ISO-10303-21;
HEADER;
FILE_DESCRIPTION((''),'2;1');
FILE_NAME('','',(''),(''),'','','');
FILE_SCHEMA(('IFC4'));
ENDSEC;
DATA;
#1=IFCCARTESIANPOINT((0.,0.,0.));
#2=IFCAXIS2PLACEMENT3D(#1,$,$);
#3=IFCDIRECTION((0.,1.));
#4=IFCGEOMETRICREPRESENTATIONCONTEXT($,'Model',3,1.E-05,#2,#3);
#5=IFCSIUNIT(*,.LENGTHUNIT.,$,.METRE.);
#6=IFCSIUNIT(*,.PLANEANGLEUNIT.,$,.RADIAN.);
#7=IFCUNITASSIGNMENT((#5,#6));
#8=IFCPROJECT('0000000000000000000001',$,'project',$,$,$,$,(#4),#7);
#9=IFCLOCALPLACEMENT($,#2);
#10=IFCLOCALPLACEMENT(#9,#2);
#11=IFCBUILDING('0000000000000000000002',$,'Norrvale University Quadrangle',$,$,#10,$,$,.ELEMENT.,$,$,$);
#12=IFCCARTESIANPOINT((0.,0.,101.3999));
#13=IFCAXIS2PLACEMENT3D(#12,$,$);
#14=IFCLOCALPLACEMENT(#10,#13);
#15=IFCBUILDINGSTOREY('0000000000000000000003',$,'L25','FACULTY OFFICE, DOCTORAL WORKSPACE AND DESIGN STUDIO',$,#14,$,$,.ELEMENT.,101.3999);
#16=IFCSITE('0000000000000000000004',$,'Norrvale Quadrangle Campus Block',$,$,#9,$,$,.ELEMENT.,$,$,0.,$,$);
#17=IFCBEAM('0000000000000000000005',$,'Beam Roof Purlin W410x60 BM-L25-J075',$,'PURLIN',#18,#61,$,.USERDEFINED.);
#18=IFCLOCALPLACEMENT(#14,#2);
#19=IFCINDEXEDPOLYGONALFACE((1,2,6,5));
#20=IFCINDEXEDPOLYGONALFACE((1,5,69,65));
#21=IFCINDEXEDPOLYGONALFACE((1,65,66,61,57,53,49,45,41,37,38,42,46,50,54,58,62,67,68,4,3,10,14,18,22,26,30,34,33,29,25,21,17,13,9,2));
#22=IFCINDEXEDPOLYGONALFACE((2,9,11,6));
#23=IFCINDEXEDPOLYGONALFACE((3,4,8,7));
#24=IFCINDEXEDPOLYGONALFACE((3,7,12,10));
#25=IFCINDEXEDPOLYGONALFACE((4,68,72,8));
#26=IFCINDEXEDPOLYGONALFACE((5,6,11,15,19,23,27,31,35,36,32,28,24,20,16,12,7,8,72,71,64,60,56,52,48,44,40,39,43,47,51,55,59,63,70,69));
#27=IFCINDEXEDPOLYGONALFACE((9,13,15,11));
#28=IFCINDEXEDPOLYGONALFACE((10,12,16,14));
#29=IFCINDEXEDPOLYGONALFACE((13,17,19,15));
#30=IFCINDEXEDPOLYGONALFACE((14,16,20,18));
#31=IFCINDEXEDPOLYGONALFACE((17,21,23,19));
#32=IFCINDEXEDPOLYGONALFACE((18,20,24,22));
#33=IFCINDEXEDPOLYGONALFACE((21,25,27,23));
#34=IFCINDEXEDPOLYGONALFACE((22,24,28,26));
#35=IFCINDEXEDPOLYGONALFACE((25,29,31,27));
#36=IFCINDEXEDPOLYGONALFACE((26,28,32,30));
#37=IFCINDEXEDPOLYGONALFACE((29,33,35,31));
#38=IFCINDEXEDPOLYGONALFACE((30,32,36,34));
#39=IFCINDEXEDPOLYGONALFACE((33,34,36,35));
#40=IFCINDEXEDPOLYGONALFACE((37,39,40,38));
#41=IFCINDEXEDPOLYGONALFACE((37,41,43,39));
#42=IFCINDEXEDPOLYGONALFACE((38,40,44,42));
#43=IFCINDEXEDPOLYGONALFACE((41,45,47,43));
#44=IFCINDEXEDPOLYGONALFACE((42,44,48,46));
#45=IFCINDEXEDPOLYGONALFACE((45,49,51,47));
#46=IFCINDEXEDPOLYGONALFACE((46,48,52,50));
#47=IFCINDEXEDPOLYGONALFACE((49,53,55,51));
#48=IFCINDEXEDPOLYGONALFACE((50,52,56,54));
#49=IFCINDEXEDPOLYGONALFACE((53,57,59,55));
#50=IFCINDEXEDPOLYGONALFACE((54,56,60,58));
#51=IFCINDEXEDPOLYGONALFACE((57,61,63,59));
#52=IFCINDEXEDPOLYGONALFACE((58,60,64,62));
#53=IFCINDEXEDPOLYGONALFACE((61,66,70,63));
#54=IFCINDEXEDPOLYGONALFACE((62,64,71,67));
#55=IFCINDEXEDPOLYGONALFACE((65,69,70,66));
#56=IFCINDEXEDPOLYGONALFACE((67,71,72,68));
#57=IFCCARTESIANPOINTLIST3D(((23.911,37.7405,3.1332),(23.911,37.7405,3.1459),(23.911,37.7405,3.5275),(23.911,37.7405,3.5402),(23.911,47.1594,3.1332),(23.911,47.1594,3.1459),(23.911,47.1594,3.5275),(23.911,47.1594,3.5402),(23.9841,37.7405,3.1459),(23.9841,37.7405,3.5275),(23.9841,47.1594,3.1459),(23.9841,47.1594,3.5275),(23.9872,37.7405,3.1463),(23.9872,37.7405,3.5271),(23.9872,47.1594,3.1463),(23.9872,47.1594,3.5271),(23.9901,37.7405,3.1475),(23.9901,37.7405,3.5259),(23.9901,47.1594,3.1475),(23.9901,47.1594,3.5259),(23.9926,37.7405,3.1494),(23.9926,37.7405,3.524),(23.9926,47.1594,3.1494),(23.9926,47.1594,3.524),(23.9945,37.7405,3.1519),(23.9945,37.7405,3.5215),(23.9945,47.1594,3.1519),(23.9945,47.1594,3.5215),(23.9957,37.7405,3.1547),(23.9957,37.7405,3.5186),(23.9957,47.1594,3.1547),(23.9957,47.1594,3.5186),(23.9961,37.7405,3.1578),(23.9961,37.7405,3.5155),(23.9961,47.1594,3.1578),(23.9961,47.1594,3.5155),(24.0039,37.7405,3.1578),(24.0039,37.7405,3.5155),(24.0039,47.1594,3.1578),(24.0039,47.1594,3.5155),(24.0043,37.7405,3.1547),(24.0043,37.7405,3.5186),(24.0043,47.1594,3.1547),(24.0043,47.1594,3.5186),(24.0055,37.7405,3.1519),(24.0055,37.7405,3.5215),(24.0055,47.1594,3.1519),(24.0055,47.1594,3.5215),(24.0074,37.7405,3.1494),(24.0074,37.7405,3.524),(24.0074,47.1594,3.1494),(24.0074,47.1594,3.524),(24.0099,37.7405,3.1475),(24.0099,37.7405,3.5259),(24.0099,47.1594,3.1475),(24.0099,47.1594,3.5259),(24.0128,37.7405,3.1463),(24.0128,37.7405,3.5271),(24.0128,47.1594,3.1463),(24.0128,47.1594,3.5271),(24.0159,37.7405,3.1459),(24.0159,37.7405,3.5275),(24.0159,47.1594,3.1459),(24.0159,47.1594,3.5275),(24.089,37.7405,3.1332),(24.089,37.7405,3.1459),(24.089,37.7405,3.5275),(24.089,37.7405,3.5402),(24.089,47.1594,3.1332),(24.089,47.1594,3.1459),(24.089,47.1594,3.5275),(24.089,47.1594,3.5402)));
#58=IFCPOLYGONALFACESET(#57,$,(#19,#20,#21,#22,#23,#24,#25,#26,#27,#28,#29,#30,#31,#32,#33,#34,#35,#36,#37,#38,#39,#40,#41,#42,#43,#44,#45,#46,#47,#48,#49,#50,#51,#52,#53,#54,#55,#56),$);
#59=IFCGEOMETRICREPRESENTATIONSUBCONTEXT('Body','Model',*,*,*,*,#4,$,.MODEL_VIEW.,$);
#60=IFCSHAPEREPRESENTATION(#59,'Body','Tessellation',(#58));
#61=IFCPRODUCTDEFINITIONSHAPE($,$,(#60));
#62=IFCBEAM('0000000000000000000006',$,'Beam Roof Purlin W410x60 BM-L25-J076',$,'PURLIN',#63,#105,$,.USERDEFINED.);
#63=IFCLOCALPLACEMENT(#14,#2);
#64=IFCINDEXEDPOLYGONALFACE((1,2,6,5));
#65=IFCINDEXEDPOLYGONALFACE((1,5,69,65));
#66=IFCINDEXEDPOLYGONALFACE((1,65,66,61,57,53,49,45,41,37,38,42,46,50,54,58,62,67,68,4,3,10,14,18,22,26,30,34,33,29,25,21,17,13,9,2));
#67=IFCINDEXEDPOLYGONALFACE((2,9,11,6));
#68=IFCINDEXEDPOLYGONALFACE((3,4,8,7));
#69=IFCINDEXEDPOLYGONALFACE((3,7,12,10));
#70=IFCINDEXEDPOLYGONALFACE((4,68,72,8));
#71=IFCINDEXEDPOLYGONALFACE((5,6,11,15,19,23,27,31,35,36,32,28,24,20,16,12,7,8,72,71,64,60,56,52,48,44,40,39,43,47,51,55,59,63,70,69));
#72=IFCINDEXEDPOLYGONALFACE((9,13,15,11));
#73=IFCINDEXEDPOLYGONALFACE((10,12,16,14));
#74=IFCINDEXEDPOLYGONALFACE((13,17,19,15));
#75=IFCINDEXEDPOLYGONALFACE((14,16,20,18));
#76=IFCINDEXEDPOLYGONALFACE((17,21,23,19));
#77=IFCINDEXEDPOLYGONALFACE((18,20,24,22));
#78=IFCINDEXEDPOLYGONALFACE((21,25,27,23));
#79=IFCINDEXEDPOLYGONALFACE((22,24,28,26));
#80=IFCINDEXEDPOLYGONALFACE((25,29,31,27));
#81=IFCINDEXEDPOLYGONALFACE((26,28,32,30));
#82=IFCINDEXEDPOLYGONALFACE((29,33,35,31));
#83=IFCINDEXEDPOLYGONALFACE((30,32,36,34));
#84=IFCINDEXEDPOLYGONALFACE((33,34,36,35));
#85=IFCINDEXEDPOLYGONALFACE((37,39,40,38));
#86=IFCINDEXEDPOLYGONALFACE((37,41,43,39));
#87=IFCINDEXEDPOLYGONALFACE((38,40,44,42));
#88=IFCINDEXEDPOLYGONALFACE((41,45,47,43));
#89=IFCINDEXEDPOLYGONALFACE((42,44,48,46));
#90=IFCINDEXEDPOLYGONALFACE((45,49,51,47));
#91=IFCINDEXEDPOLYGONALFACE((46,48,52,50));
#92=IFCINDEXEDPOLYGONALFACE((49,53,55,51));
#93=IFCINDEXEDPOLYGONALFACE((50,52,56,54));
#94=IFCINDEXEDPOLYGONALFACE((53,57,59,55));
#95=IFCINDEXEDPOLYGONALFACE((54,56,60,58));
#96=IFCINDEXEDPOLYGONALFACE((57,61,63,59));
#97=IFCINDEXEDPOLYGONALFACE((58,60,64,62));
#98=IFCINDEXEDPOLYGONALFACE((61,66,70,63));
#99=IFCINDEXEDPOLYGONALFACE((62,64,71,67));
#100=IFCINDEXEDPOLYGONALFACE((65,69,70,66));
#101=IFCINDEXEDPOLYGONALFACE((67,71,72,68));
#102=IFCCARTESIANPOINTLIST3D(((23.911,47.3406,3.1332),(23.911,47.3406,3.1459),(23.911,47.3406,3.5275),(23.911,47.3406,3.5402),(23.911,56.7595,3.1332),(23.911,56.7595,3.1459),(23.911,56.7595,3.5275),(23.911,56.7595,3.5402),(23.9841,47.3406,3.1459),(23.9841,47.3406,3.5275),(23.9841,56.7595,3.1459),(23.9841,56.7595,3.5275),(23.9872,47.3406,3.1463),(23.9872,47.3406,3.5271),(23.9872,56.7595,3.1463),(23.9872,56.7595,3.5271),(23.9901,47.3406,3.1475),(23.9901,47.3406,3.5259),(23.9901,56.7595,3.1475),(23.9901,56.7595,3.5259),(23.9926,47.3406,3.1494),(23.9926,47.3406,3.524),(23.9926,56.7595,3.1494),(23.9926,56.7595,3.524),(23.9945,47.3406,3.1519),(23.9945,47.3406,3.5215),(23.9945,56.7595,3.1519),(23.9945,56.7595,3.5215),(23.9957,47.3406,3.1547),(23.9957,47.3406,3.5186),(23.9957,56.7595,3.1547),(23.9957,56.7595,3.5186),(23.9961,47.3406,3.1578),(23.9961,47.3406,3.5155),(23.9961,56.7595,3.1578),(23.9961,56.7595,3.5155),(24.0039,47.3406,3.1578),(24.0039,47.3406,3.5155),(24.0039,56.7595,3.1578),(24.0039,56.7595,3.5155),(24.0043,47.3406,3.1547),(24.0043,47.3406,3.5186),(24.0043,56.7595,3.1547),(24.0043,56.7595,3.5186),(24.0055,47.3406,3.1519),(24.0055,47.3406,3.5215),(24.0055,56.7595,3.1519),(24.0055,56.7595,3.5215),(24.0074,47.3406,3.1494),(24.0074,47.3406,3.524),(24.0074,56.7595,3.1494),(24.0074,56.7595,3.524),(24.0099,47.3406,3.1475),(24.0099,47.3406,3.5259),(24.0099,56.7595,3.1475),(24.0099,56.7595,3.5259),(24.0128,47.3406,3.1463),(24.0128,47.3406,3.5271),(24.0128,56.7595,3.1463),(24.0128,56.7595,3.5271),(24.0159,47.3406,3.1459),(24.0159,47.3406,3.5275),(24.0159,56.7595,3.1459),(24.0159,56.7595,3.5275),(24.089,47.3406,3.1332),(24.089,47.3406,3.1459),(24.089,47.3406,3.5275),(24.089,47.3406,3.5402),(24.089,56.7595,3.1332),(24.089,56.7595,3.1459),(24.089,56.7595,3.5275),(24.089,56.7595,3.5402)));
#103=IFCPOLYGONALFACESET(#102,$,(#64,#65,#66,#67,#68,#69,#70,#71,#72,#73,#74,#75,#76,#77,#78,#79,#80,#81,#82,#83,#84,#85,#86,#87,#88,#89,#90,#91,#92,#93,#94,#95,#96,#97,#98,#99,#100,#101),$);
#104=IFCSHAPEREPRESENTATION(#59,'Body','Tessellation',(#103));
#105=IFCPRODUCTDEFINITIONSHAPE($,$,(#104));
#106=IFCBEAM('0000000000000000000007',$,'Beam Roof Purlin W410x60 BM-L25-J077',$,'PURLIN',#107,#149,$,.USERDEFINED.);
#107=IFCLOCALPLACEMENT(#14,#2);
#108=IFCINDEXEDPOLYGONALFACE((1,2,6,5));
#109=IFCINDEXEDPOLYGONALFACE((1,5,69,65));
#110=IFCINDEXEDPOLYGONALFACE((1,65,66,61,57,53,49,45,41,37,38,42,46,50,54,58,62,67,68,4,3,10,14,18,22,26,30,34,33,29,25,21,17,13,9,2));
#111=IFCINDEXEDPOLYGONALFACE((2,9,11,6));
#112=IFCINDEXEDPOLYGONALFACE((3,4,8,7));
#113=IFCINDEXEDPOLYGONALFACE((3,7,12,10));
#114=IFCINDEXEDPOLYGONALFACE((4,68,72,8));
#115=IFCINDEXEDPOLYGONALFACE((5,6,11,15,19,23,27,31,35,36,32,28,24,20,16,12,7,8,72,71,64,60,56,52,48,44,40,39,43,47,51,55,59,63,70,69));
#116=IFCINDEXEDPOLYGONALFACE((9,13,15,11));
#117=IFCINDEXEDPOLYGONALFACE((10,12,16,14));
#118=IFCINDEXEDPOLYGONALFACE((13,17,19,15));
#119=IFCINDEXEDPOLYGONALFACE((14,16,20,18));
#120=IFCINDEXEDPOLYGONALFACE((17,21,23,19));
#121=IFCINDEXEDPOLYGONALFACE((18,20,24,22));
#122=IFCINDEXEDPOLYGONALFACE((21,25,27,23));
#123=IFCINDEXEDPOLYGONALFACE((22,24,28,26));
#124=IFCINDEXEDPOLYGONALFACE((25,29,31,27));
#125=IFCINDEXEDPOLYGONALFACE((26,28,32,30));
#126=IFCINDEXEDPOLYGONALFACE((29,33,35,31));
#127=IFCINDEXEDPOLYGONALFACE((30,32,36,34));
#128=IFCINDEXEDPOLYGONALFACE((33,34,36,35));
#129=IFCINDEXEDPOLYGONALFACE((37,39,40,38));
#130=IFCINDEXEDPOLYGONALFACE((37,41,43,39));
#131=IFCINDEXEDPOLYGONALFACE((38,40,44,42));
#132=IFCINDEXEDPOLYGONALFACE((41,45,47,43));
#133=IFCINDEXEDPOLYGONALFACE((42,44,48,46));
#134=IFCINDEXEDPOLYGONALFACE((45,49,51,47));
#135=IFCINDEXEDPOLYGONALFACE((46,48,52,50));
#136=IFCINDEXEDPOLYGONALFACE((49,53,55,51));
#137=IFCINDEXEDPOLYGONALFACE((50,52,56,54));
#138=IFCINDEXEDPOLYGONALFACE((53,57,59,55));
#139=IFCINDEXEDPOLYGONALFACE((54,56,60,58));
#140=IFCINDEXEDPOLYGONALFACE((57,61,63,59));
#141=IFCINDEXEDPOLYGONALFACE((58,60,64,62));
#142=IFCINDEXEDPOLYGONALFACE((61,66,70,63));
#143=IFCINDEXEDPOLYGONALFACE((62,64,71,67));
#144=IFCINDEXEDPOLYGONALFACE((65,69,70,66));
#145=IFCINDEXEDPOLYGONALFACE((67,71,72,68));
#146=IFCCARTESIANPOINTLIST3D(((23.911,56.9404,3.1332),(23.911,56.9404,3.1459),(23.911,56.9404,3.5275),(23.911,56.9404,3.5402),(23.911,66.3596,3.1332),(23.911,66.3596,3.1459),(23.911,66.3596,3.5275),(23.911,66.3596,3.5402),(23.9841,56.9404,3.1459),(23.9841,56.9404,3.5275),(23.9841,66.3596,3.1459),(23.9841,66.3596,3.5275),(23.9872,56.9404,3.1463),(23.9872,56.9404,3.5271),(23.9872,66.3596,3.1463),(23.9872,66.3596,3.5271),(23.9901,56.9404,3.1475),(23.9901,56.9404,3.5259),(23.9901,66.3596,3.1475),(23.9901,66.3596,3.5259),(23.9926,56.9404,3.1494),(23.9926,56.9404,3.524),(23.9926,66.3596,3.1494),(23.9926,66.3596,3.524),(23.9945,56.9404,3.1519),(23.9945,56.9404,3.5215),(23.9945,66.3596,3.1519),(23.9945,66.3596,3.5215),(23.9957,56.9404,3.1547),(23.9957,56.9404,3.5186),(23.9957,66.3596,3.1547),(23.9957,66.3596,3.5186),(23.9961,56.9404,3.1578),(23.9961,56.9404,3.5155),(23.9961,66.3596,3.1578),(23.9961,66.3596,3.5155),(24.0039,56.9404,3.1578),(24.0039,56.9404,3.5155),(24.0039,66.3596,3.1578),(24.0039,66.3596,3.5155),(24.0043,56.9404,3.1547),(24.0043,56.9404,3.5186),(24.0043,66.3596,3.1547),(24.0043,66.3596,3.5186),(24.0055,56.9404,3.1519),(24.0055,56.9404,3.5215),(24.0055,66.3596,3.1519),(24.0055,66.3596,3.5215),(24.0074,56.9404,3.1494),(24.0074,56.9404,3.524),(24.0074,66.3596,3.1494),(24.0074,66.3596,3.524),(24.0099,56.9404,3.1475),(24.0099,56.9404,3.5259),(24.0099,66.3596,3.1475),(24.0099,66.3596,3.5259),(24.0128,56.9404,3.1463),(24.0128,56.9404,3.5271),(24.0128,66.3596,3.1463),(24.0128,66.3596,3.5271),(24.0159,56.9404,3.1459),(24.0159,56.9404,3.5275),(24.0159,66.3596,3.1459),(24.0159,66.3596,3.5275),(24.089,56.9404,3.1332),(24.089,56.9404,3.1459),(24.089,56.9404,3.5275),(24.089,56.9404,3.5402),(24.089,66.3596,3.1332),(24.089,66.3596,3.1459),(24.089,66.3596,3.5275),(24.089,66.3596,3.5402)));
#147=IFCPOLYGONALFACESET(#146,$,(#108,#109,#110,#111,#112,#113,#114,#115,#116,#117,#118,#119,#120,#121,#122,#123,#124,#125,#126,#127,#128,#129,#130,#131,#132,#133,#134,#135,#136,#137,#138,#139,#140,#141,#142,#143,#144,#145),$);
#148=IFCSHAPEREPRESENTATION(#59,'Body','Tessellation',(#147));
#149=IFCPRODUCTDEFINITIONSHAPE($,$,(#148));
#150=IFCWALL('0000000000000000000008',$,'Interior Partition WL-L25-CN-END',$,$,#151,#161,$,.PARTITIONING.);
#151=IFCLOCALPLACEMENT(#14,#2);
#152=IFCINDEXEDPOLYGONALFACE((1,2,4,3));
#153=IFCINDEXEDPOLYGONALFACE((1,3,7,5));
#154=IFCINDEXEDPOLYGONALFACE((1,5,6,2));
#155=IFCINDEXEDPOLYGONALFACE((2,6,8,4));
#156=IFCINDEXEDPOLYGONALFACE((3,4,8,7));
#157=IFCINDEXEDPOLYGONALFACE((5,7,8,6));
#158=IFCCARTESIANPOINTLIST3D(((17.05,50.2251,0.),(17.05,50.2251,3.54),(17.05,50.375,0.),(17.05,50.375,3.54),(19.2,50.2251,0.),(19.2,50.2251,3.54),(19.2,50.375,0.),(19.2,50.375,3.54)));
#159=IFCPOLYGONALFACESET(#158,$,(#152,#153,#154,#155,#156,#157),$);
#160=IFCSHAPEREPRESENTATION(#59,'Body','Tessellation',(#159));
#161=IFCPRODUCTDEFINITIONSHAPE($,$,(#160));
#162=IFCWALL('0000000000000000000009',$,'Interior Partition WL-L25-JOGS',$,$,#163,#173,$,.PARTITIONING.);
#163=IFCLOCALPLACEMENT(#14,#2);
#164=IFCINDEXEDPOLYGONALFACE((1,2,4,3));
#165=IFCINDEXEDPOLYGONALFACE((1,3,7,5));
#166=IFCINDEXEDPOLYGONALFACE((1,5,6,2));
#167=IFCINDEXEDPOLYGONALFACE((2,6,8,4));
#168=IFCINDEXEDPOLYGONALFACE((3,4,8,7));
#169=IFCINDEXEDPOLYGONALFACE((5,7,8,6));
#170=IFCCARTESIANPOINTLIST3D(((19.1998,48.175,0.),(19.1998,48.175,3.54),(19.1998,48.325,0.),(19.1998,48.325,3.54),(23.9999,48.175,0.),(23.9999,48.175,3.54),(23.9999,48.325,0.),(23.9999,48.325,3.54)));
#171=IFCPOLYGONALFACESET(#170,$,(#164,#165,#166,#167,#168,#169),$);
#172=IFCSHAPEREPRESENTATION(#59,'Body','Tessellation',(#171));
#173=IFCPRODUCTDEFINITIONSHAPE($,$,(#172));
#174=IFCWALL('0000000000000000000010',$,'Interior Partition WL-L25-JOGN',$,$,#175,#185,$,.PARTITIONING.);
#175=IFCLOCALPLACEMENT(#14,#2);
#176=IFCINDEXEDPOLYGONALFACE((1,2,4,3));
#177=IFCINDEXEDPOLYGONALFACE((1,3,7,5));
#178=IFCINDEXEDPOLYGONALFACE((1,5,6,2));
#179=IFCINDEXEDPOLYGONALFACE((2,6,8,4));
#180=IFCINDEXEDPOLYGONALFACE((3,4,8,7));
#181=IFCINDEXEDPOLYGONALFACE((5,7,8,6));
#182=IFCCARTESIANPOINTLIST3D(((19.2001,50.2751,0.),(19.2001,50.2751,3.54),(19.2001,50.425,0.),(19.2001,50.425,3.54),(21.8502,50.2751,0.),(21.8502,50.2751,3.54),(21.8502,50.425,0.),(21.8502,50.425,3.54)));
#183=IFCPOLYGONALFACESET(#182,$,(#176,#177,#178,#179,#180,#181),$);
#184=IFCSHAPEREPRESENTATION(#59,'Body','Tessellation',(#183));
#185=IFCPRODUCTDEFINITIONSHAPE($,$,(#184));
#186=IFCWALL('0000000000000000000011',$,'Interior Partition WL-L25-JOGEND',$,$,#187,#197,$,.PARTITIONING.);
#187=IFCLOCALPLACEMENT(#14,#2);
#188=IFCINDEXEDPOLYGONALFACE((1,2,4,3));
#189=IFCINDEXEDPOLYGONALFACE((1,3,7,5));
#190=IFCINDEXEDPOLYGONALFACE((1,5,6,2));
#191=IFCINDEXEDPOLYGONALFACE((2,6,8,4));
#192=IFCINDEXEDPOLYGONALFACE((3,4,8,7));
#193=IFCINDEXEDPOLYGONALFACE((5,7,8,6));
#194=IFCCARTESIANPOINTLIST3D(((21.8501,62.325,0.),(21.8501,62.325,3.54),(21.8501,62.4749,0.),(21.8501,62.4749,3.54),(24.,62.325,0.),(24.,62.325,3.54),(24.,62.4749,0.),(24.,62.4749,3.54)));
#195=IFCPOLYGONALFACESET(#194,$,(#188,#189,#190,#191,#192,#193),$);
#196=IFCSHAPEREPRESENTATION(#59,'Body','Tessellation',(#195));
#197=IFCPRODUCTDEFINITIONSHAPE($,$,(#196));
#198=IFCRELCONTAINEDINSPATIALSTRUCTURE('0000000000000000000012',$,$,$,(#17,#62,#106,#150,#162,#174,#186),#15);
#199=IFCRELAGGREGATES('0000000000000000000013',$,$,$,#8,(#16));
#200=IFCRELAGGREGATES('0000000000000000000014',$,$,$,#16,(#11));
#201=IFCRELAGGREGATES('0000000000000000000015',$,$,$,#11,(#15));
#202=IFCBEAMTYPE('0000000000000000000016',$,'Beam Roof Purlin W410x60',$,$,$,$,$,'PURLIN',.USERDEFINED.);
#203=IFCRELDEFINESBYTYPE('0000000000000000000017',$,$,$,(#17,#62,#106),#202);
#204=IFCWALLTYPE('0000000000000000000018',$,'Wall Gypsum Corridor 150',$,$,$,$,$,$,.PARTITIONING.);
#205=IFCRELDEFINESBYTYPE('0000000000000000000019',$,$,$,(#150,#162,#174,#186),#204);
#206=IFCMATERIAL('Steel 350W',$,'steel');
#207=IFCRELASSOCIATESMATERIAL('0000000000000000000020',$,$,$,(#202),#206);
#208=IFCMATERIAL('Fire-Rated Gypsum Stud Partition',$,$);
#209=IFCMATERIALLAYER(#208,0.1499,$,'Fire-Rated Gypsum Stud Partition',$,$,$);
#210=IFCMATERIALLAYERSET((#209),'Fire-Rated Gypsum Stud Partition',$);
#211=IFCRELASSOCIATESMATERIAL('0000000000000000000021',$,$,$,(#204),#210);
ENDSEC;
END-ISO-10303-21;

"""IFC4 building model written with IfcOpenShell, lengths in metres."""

from ifc_helpers import new_model, si_unit, direction, frame, frame_2d, origin, origin_2d, place, context, subcontext, project, spatial, rectangle, i_section, extrude, material, layer, layer_set, material_profile, profile_set, type_object, element, save


model = new_model("IFC4")

# Units and contexts
model_context = context("Model", 3, precision=1e-05, world=origin(), true_north=direction((0.0, 1.0)))
body_context = subcontext(model_context, "Body", "Model", "MODEL_VIEW")
ifc_project = project(units=[si_unit("LENGTHUNIT", "METRE"), si_unit("PLANEANGLEUNIT", "RADIAN")], contexts=[model_context])

# Site, building, storey
site_placement = place(None, origin())
site = spatial("IfcSite", under=ifc_project, at=site_placement, Name="Norrvale Quadrangle Campus Block", CompositionType="ELEMENT", RefElevation=0.0)
building_placement = place(site_placement, origin())
building = spatial("IfcBuilding", under=site, at=building_placement, Name="Norrvale University Quadrangle", CompositionType="ELEMENT")
storey_placement = place(building_placement, frame((0.0, 0.0, 101.3999)))
storey = spatial("IfcBuildingStorey", under=building, at=storey_placement, Name="L25", Description="FACULTY OFFICE, DOCTORAL WORKSPACE AND DESIGN STUDIO", CompositionType="ELEMENT", Elevation=101.3999)

# Beams
ifc_material_1 = material(Name="Steel 350W", Category="steel")
ifc_material_profile_1 = material_profile(ifc_material_1, i_section(OverallWidth=0.178, OverallDepth=0.407, WebThickness=0.0078, FlangeThickness=0.0127, FilletRadius=0.012, at=origin_2d()), Name="Steel 350W")
ifc_profile_set_1 = profile_set([ifc_material_profile_1], Name="Steel 350W")
beam_type_1 = type_object("IfcBeamType", Name="Beam Roof Purlin W410x60", ElementType="PURLIN", PredefinedType="USERDEFINED", material=ifc_profile_set_1)
for number, where, z_axis, x_axis, name in (
    (1, (24.0, 37.7405, 3.3367), (0.0, 1.0, 0.0), (-1.0, 0.0, 0.0), "Beam Roof Purlin W410x60 BM-L25-J075"),
    (2, (24.0, 47.3406, 3.3367), (0.0, 1.0, 0.0), (-1.0, 0.0, 0.0), "Beam Roof Purlin W410x60 BM-L25-J076"),
):
    element("IfcBeam", number, at=place(storey_placement, frame(where, z_axis=z_axis, x_axis=x_axis)), inside=storey, type_object=beam_type_1, Name=name, ObjectType="PURLIN", PredefinedType="USERDEFINED", context=body_context, shape_type="SweptSolid", body=[
        extrude(i_section(OverallWidth=0.178, OverallDepth=0.407, WebThickness=0.0078, FlangeThickness=0.0127, FilletRadius=0.012, at=origin_2d()), origin(), (0.0, 0.0, 1.0), 9.4189),
    ])
beam_1_placement = place(storey_placement, frame((24.0, 56.9404, 3.3367), z_axis=(0.0, 1.0, 0.0), x_axis=(-1.0, 0.0, 0.0)))
element("IfcBeam", 3, at=beam_1_placement, inside=storey, type_object=beam_type_1, Name="Beam Roof Purlin W410x60 BM-L25-J077", ObjectType="PURLIN", PredefinedType="USERDEFINED", context=body_context, shape_type="SweptSolid", body=[
    extrude(i_section(OverallWidth=0.178, OverallDepth=0.407, WebThickness=0.0078, FlangeThickness=0.0127, FilletRadius=0.012, at=origin_2d()), origin(), (0.0, 0.0, 1.0), 9.4192),
])

# Walls
ifc_material_2 = material(Name="Fire-Rated Gypsum Stud Partition")
ifc_layer_1 = layer(ifc_material_2, 0.1499, Name="Fire-Rated Gypsum Stud Partition")
ifc_layer_set_1 = layer_set([ifc_layer_1], Name="Fire-Rated Gypsum Stud Partition")
wall_type_1 = type_object("IfcWallType", Name="Wall Gypsum Corridor 150", PredefinedType="PARTITIONING", material=ifc_layer_set_1)
wall_1_placement = place(storey_placement, frame((17.05, 50.3, 0.0), z_axis=(0.0, 0.0, 1.0), x_axis=(1.0, 0.0, 0.0)))
element("IfcWall", 4, at=wall_1_placement, inside=storey, type_object=wall_type_1, Name="Interior Partition WL-L25-CN-END", PredefinedType="PARTITIONING", context=body_context, shape_type="SweptSolid", body=[
    extrude(rectangle(XDim=2.1499, YDim=0.1499, at=frame_2d((1.075, 0.0))), origin(), (0.0, 0.0, 1.0), 3.54),
])
wall_2_placement = place(storey_placement, frame((19.2, 48.25, 0.0), z_axis=(0.0, 0.0, 1.0), x_axis=(1.0, 0.0, 0.0)))
element("IfcWall", 5, at=wall_2_placement, inside=storey, type_object=wall_type_1, Name="Interior Partition WL-L25-JOGS", PredefinedType="PARTITIONING", context=body_context, shape_type="SweptSolid", body=[
    extrude(rectangle(XDim=4.8, YDim=0.1499, at=frame_2d((2.3999, 0.0))), origin(), (0.0, 0.0, 1.0), 3.54),
])
wall_3_placement = place(storey_placement, frame((19.2, 50.3501, 0.0), z_axis=(0.0, 0.0, 1.0), x_axis=(1.0, 0.0, 0.0)))
element("IfcWall", 6, at=wall_3_placement, inside=storey, type_object=wall_type_1, Name="Interior Partition WL-L25-JOGN", PredefinedType="PARTITIONING", context=body_context, shape_type="SweptSolid", body=[
    extrude(rectangle(XDim=2.6501, YDim=0.1499, at=frame_2d((1.3252, 0.0))), origin(), (0.0, 0.0, 1.0), 3.54),
])
wall_4_placement = place(storey_placement, frame((21.8501, 62.3999, 0.0), z_axis=(0.0, 0.0, 1.0), x_axis=(1.0, 0.0, 0.0)))
element("IfcWall", 7, at=wall_4_placement, inside=storey, type_object=wall_type_1, Name="Interior Partition WL-L25-JOGEND", PredefinedType="PARTITIONING", context=body_context, shape_type="SweptSolid", body=[
    extrude(rectangle(XDim=2.1499, YDim=0.1499, at=frame_2d((1.075, 0.0))), origin(), (0.0, 0.0, 1.0), 3.54),
])

save(model, "model.ifc")
